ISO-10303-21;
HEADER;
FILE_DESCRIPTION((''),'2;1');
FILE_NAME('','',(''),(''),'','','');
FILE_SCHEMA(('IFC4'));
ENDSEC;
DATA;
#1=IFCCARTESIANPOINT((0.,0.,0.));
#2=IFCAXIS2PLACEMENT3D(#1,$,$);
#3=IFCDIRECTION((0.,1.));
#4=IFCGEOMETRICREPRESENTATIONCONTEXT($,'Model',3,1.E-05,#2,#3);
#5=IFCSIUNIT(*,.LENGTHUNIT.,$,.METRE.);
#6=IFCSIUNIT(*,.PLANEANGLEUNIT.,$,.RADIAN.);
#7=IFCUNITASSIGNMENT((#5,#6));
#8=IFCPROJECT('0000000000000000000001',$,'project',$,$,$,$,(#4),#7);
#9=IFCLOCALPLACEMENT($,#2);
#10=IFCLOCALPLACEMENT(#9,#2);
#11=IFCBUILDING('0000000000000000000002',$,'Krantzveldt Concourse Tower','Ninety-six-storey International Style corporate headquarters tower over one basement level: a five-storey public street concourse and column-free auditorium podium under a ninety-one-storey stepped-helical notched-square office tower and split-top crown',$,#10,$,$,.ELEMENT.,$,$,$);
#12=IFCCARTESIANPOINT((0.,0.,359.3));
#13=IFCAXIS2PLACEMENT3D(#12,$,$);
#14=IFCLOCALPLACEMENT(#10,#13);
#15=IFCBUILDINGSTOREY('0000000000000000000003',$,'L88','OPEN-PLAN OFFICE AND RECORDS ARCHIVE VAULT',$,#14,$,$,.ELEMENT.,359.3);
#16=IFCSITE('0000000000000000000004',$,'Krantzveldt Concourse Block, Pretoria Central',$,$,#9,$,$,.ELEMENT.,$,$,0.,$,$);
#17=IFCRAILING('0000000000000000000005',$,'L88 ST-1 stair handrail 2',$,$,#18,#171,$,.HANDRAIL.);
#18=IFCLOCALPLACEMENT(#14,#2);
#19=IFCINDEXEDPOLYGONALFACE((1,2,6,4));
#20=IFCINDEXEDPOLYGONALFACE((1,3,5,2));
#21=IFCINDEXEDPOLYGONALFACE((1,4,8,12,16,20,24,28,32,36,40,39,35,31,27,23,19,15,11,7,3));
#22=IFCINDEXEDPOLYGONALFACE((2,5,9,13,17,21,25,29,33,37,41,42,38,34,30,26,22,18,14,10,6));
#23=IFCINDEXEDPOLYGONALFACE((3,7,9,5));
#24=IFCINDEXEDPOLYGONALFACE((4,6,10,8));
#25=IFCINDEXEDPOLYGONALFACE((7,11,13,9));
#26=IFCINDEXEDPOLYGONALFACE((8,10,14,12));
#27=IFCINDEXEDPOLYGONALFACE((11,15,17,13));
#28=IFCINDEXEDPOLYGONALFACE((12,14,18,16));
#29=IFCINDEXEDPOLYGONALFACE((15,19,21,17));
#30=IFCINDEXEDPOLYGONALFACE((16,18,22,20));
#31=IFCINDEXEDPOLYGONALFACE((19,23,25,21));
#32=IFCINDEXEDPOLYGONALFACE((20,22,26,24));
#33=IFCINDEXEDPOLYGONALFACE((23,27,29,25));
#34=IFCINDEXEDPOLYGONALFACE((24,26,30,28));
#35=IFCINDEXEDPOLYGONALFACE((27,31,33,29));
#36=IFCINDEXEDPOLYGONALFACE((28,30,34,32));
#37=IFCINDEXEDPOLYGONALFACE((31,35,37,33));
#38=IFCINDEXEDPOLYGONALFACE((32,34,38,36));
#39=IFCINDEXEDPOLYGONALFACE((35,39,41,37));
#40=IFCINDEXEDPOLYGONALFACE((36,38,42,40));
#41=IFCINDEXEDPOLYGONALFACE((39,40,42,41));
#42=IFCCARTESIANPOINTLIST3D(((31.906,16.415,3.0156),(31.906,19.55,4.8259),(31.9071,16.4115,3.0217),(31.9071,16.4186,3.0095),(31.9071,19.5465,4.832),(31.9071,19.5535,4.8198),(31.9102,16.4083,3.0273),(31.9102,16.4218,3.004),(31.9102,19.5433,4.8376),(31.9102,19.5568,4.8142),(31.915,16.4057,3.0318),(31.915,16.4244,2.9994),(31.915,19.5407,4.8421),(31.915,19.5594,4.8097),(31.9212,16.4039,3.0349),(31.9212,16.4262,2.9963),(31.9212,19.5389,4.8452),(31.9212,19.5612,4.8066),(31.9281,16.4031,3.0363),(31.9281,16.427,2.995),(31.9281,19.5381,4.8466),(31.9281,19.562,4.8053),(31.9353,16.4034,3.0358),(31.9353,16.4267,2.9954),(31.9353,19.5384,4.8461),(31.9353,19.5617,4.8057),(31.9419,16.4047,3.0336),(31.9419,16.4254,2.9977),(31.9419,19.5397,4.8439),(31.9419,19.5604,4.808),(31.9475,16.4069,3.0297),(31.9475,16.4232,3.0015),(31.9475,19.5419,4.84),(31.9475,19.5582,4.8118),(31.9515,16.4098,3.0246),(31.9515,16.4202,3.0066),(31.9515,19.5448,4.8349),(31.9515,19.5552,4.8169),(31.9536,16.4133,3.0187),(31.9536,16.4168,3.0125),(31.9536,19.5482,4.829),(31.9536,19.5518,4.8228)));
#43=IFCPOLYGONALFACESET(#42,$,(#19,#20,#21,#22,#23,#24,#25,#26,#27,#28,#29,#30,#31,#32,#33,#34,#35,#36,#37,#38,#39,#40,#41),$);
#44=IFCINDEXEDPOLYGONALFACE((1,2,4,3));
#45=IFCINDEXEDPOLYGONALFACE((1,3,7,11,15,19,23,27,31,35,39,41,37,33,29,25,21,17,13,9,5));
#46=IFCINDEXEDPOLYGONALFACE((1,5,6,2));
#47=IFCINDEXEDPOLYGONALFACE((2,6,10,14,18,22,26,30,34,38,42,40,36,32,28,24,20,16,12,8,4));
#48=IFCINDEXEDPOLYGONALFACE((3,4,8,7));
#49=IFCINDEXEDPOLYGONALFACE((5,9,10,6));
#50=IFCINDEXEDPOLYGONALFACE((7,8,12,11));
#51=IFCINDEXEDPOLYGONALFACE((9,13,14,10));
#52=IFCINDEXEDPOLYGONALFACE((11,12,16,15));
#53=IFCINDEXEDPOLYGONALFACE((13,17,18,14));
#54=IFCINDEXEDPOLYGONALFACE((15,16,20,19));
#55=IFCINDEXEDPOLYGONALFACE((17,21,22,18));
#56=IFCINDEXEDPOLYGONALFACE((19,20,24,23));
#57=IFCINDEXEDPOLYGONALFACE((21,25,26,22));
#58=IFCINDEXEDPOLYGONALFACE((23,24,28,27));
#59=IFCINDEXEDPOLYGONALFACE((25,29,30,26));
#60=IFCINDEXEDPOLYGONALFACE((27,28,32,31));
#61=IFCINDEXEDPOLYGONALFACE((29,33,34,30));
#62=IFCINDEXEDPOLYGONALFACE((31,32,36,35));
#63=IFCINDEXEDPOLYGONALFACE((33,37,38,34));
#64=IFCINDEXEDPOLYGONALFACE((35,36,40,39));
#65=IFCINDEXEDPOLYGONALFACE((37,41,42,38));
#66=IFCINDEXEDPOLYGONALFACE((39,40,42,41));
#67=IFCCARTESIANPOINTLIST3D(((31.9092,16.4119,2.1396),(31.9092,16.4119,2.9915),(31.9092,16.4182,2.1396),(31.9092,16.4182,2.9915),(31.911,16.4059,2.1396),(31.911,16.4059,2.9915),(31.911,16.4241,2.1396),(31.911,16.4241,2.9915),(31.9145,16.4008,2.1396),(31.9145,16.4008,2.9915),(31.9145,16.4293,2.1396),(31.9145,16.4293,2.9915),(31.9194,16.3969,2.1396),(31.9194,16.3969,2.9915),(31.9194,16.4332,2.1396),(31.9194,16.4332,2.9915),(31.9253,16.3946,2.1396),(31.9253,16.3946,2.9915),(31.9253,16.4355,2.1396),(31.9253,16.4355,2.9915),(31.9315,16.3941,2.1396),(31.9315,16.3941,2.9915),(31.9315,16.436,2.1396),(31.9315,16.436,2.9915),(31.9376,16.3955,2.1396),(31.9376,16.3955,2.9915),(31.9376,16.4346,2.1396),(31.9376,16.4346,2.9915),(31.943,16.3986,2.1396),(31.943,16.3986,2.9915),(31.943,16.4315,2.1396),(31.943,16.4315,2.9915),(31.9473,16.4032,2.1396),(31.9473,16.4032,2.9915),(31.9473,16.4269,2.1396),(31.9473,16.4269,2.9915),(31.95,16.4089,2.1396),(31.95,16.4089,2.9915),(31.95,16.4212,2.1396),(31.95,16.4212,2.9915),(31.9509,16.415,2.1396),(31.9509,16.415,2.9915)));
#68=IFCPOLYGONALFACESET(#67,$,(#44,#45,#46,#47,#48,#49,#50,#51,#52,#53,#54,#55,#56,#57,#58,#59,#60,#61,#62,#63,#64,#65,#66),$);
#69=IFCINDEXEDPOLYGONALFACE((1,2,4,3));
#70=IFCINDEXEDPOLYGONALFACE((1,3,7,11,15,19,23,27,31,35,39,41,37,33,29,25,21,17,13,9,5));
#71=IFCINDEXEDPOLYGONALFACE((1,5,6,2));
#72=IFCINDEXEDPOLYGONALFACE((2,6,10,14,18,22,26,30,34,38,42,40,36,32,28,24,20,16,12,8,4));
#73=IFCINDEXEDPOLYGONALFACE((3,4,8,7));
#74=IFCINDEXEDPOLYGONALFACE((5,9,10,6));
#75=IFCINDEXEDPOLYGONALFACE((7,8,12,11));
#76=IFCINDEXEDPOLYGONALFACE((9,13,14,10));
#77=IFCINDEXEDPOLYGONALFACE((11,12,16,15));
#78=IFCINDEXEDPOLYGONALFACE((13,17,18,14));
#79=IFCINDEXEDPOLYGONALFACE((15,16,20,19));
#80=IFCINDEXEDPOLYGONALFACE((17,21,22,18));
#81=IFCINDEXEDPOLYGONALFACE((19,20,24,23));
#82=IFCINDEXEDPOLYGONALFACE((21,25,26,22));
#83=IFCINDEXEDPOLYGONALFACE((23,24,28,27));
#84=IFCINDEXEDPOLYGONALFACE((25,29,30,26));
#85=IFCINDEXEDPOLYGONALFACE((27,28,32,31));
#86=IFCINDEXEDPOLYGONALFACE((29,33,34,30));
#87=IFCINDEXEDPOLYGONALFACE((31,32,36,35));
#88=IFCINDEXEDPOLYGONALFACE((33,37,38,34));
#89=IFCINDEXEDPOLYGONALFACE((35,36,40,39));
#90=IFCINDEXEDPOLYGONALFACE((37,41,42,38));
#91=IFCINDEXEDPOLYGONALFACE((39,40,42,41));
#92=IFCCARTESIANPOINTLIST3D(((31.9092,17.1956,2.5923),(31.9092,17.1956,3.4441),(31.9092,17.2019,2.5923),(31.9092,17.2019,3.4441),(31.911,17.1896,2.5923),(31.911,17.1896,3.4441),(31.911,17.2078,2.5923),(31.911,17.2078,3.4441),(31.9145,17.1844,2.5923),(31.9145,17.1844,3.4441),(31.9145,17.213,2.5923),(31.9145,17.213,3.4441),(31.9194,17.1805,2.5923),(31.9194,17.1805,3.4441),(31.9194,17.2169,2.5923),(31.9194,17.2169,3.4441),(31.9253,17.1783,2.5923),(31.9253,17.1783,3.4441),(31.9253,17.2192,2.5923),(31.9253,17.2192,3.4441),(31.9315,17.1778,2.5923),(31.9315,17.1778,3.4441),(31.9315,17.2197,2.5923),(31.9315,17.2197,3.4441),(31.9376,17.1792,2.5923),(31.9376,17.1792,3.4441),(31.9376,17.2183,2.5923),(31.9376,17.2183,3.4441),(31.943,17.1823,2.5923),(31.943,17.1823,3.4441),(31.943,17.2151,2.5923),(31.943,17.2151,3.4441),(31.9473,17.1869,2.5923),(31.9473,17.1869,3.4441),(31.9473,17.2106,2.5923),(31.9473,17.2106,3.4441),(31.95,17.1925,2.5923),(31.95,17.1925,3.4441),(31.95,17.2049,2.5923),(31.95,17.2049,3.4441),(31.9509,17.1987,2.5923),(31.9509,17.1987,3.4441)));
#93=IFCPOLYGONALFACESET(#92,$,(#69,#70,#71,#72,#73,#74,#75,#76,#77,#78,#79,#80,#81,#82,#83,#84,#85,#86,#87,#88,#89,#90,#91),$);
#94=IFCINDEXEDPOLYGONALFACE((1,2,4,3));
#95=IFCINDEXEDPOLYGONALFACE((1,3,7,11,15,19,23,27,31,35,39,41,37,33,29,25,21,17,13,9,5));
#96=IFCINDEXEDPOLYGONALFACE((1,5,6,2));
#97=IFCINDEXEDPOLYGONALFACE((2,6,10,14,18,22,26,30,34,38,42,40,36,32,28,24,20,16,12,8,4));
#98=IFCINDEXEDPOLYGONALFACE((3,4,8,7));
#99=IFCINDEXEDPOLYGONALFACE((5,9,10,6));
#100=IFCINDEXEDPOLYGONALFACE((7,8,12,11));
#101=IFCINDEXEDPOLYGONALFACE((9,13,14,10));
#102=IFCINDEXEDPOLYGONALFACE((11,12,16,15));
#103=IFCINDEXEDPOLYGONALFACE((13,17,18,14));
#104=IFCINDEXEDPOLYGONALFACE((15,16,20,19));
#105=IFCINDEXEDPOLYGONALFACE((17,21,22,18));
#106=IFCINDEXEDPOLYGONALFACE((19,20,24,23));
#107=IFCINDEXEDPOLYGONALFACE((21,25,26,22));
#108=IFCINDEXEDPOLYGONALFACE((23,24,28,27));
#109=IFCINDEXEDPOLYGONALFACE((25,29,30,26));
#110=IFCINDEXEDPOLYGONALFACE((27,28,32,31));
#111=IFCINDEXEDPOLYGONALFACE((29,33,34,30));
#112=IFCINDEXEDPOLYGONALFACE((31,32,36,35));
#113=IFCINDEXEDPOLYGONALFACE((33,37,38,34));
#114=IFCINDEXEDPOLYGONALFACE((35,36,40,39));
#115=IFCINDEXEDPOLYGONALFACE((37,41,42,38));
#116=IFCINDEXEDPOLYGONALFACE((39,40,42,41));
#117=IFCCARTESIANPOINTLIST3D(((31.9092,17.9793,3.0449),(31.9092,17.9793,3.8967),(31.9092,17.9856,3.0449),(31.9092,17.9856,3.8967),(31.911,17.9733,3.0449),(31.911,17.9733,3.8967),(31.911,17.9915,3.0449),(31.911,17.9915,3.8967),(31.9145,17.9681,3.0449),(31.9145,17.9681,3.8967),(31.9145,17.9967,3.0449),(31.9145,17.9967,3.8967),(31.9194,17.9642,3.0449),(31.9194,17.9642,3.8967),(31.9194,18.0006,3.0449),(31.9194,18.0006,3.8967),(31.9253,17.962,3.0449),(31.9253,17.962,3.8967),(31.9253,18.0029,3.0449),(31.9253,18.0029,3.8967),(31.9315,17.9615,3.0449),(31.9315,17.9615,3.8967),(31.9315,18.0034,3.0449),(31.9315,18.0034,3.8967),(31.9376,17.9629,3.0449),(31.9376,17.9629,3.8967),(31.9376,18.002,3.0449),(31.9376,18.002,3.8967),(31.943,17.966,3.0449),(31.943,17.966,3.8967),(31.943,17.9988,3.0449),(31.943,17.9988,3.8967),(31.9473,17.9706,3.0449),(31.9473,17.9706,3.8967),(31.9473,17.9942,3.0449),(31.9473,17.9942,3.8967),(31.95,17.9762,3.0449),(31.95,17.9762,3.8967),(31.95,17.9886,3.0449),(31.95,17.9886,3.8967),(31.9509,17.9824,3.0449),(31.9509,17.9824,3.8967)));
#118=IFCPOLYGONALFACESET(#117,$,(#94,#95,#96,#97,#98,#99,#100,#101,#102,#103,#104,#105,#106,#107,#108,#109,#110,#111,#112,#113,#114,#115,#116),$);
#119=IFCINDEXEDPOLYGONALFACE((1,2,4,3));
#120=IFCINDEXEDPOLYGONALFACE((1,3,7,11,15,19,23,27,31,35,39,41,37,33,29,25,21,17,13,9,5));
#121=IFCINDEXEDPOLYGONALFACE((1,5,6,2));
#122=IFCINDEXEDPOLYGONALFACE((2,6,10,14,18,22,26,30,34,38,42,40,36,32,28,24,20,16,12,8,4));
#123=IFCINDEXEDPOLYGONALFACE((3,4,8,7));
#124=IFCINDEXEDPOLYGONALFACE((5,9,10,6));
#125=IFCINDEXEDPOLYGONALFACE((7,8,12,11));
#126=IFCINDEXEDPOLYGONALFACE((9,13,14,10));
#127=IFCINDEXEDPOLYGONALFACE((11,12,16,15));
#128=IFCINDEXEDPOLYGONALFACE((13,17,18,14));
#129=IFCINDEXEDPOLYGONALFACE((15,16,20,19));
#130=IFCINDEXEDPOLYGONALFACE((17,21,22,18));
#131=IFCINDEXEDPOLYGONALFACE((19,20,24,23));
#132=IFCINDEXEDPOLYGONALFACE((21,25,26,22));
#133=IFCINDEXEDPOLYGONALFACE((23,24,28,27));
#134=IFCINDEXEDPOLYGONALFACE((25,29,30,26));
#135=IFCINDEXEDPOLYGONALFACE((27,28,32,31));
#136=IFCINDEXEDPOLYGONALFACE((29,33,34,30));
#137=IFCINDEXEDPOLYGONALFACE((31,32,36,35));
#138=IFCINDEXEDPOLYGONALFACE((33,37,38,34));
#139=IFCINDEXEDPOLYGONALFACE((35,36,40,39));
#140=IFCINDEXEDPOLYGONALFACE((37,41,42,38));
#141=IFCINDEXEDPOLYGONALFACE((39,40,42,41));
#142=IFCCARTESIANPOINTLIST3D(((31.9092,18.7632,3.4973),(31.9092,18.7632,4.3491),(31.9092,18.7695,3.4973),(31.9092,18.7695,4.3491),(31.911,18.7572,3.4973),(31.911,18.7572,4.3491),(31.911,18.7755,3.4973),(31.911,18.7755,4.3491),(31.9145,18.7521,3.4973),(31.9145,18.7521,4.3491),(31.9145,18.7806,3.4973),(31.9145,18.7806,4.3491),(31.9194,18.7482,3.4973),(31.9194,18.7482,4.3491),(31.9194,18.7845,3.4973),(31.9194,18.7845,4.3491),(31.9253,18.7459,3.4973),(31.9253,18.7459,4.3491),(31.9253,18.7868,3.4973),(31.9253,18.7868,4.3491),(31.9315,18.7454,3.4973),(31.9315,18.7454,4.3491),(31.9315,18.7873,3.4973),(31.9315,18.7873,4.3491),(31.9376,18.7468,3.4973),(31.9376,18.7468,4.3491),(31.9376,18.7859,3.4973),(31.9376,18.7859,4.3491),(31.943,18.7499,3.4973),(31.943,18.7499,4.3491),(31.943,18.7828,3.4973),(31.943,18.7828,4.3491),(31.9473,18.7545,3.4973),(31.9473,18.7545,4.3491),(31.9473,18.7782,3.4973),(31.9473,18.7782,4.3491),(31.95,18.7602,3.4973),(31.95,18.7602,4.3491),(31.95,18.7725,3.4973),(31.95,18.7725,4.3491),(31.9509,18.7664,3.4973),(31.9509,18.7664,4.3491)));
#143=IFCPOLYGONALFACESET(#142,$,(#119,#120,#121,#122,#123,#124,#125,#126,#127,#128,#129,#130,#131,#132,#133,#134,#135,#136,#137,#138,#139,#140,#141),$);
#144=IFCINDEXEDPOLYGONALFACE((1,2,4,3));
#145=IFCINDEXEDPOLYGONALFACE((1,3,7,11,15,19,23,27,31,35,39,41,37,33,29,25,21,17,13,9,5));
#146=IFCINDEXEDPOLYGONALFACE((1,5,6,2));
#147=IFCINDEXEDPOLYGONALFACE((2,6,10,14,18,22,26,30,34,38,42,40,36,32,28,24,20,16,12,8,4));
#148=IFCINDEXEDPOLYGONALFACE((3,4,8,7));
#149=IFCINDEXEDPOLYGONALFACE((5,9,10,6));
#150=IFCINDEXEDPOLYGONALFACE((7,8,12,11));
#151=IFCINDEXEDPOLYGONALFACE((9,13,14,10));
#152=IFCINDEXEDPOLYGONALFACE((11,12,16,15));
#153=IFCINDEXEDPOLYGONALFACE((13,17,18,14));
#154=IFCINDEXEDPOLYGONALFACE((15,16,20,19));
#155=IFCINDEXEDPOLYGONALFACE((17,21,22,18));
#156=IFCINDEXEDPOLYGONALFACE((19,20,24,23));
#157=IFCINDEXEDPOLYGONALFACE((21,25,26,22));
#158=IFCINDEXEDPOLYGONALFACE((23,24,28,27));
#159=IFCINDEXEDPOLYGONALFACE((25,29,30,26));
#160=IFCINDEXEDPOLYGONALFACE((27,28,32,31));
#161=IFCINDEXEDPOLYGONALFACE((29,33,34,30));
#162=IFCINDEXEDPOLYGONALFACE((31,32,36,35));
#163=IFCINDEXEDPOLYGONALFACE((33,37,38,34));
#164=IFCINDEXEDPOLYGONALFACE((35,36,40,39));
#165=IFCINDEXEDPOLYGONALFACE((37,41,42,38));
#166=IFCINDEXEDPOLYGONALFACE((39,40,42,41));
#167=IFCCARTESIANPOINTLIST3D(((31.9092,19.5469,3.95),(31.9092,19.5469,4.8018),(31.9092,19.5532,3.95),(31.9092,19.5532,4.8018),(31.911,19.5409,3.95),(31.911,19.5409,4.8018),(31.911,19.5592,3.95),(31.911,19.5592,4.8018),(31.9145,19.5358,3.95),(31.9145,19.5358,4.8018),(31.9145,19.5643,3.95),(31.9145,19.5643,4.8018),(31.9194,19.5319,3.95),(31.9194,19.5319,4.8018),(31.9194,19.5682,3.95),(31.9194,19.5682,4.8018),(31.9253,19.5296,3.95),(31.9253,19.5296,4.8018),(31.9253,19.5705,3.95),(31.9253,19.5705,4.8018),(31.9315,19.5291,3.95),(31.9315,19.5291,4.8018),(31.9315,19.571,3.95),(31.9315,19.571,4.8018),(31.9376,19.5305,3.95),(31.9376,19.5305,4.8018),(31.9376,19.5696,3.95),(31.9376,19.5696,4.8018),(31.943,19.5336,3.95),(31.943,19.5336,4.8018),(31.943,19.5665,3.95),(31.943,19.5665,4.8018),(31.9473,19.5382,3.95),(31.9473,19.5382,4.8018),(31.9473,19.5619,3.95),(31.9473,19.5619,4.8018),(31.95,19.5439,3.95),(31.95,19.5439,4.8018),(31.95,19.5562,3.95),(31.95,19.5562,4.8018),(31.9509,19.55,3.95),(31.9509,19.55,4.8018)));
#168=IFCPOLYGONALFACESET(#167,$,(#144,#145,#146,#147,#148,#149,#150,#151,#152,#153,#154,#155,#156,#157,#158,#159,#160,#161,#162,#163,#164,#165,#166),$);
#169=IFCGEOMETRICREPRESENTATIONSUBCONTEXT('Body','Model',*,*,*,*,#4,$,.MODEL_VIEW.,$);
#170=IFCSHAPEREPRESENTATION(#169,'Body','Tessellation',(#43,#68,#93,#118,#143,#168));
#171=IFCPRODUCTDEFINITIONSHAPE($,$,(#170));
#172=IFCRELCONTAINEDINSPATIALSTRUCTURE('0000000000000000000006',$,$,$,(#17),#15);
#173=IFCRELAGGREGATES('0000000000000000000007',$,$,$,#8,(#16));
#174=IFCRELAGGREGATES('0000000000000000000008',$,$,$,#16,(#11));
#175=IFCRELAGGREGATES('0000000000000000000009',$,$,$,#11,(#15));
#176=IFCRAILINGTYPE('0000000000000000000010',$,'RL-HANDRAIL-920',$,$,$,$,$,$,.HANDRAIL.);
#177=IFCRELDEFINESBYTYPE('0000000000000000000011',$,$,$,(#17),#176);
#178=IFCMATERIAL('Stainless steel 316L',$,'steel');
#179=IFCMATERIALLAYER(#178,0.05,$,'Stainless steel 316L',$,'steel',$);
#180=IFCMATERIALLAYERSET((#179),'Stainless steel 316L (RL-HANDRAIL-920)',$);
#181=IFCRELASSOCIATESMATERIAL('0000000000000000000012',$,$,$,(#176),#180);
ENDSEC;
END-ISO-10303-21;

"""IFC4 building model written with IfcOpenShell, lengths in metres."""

from ifc_helpers import new_model, si_unit, direction, frame, origin, origin_2d, place, context, subcontext, project, spatial, circle, extrude, material, layer, layer_set, type_object, element, save


model = new_model("IFC4")

# Units and contexts
model_context = context("Model", 3, precision=1e-05, world=origin(), true_north=direction((0.0, 1.0)))
body_context = subcontext(model_context, "Body", "Model", "MODEL_VIEW")
ifc_project = project(units=[si_unit("LENGTHUNIT", "METRE"), si_unit("PLANEANGLEUNIT", "RADIAN")], contexts=[model_context])

# Site, building, storey
site_placement = place(None, origin())
site = spatial("IfcSite", under=ifc_project, at=site_placement, Name="Krantzveldt Concourse Block, Pretoria Central", CompositionType="ELEMENT", RefElevation=0.0)
building_placement = place(site_placement, origin())
building = spatial("IfcBuilding", under=site, at=building_placement, Name="Krantzveldt Concourse Tower", Description="Ninety-six-storey International Style corporate headquarters tower over one basement level: a five-storey public street concourse and column-free auditorium podium under a ninety-one-storey stepped-helical notched-square office tower and split-top crown", CompositionType="ELEMENT")
storey_placement = place(building_placement, frame((0.0, 0.0, 359.3)))
storey = spatial("IfcBuildingStorey", under=building, at=storey_placement, Name="L88", Description="OPEN-PLAN OFFICE AND RECORDS ARCHIVE VAULT", CompositionType="ELEMENT", Elevation=359.3)

# Railing
ifc_material_1 = material(Name="Stainless steel 316L", Category="steel")
ifc_layer_1 = layer(ifc_material_1, 0.05, Name="Stainless steel 316L", Category="steel")
ifc_layer_set_1 = layer_set([ifc_layer_1], Name="Stainless steel 316L (RL-HANDRAIL-920)")
railing_type_1 = type_object("IfcRailingType", Name="RL-HANDRAIL-920", PredefinedType="HANDRAIL", material=ifc_layer_set_1)
railing_1_placement = place(storey_placement, frame((31.9299, 16.415, 2.1396)))
element("IfcRailing", 1, at=railing_1_placement, inside=storey, type_object=railing_type_1, Name="L88 ST-1 stair handrail 2", PredefinedType="HANDRAIL", context=body_context, shape_type="SweptSolid", body=[
    extrude(circle(Radius=0.0239, at=origin_2d()), frame((0.0, 0.0, 0.876), z_axis=(0.0, 0.865989, 0.500063), x_axis=(-1.0, 0.0, 0.0)), (0.0, 0.0, 1.0), 3.6201),
    extrude(circle(Radius=0.021, at=origin_2d()), origin(), (0.0, 0.0, 1.0), 0.8518),
    extrude(circle(Radius=0.021, at=origin_2d()), frame((0.0, 0.7837, 0.4526)), (0.0, 0.0, 1.0), 0.8518),
    extrude(circle(Radius=0.021, at=origin_2d()), frame((0.0, 1.5674, 0.9053)), (0.0, 0.0, 1.0), 0.8518),
    extrude(circle(Radius=0.021, at=origin_2d()), frame((0.0, 2.3513, 1.3577)), (0.0, 0.0, 1.0), 0.8518),
    extrude(circle(Radius=0.021, at=origin_2d()), frame((0.0, 3.135, 1.8103)), (0.0, 0.0, 1.0), 0.8518),
])

save(model, "model.ifc")
